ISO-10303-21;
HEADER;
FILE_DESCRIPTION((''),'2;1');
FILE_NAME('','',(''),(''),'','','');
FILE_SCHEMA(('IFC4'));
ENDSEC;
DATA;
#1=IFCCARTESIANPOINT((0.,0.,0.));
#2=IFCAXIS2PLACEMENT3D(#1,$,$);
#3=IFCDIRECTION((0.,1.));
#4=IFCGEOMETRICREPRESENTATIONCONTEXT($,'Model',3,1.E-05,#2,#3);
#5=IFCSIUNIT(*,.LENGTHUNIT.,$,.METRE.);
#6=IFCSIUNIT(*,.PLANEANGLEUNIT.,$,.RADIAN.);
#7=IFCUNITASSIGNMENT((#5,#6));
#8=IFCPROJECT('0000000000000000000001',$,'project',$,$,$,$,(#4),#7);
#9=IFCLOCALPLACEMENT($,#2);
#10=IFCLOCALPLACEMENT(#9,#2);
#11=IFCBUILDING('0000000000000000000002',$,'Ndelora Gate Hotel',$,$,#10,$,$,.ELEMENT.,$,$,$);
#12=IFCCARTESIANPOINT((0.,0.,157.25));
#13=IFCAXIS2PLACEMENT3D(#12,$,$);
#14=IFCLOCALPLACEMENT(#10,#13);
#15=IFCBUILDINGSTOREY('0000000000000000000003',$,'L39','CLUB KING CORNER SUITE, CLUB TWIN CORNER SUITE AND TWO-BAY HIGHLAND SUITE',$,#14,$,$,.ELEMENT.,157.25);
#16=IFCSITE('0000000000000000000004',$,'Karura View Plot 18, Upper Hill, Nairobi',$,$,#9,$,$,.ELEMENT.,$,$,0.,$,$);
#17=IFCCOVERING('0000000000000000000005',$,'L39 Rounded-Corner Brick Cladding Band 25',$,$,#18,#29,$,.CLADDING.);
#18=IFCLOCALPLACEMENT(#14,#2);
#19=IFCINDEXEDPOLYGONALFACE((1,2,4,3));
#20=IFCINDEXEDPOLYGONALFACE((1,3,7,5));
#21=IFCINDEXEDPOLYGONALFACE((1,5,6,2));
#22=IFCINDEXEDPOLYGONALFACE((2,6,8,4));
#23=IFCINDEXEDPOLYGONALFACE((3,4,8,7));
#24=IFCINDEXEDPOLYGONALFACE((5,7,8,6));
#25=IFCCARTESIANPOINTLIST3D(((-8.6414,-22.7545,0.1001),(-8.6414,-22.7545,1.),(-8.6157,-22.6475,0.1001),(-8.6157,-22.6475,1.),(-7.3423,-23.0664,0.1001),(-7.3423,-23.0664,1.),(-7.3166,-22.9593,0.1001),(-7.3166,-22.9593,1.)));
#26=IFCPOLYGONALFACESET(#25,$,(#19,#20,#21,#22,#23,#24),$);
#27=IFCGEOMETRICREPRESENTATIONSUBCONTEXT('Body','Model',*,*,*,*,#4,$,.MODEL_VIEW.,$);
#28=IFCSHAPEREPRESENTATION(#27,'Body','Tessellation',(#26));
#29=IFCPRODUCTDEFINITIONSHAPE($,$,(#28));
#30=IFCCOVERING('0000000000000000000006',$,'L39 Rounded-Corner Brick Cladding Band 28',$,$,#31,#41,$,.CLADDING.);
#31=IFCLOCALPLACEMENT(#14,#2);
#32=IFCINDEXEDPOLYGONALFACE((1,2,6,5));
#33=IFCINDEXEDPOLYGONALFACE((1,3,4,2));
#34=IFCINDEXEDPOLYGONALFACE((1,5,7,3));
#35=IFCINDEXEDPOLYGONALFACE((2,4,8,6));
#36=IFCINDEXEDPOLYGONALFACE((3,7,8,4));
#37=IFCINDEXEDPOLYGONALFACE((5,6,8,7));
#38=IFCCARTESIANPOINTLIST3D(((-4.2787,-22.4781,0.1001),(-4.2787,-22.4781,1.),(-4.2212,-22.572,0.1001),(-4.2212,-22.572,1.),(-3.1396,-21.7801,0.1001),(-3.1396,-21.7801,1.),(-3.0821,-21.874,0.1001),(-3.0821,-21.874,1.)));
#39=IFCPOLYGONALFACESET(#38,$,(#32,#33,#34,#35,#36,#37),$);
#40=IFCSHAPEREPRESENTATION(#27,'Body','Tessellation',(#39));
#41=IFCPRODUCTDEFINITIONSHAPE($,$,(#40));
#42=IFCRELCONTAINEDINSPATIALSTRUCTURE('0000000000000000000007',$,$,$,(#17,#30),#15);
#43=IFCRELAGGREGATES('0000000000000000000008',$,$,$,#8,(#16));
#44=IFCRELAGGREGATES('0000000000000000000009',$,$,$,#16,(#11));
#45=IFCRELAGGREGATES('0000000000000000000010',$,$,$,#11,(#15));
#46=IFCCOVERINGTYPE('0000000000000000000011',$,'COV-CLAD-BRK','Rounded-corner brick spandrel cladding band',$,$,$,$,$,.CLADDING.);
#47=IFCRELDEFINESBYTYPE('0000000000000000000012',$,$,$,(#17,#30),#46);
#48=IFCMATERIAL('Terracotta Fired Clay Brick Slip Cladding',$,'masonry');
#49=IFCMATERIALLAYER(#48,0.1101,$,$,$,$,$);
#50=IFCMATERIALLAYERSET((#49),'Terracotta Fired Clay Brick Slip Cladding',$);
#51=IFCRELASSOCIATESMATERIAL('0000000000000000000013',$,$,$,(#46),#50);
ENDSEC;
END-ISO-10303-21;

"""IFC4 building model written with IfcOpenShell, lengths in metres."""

from ifc_helpers import new_model, si_unit, direction, frame, origin, origin_2d, place, context, subcontext, project, spatial, rectangle, extrude, material, layer, layer_set, type_object, element, save


model = new_model("IFC4")

# Units and contexts
model_context = context("Model", 3, precision=1e-05, world=origin(), true_north=direction((0.0, 1.0)))
body_context = subcontext(model_context, "Body", "Model", "MODEL_VIEW")
ifc_project = project(units=[si_unit("LENGTHUNIT", "METRE"), si_unit("PLANEANGLEUNIT", "RADIAN")], contexts=[model_context])

# Site, building, storey
site_placement = place(None, origin())
site = spatial("IfcSite", under=ifc_project, at=site_placement, Name="Karura View Plot 18, Upper Hill, Nairobi", CompositionType="ELEMENT", RefElevation=0.0)
building_placement = place(site_placement, origin())
building = spatial("IfcBuilding", under=site, at=building_placement, Name="Ndelora Gate Hotel", CompositionType="ELEMENT")
storey_placement = place(building_placement, frame((0.0, 0.0, 157.25)))
storey = spatial("IfcBuildingStorey", under=building, at=storey_placement, Name="L39", Description="CLUB KING CORNER SUITE, CLUB TWIN CORNER SUITE AND TWO-BAY HIGHLAND SUITE", CompositionType="ELEMENT", Elevation=157.25)

# Coverings
ifc_material_1 = material(Name="Terracotta Fired Clay Brick Slip Cladding", Category="masonry")
ifc_layer_1 = layer(ifc_material_1, 0.1101)
ifc_layer_set_1 = layer_set([ifc_layer_1], Name="Terracotta Fired Clay Brick Slip Cladding")
covering_type = type_object("IfcCoveringType", Name="COV-CLAD-BRK", Description="Rounded-corner brick spandrel cladding band", PredefinedType="CLADDING", material=ifc_layer_set_1)
for number, where, z_axis, x_axis, name in (
    (1, (-7.979, -22.8569, 0.1001), (0.0, 0.0, 1.0), (-0.97237, 0.233445, 0.0), "L39 Rounded-Corner Brick Cladding Band 25"),
    (2, (-3.6804, -22.176, 0.1001), (0.0, 0.0, 1.0), (0.85264, 0.522499, 0.0), "L39 Rounded-Corner Brick Cladding Band 28"),
):
    element("IfcCovering", number, at=place(storey_placement, frame(where, z_axis=z_axis, x_axis=x_axis)), inside=storey, type_object=covering_type, Name=name, PredefinedType="CLADDING", context=body_context, shape_type="SweptSolid", body=[
        extrude(rectangle(XDim=1.3359, YDim=0.1101, at=origin_2d()), origin(), (0.0, 0.0, 1.0), 0.8999),
    ])

save(model, "model.ifc")
